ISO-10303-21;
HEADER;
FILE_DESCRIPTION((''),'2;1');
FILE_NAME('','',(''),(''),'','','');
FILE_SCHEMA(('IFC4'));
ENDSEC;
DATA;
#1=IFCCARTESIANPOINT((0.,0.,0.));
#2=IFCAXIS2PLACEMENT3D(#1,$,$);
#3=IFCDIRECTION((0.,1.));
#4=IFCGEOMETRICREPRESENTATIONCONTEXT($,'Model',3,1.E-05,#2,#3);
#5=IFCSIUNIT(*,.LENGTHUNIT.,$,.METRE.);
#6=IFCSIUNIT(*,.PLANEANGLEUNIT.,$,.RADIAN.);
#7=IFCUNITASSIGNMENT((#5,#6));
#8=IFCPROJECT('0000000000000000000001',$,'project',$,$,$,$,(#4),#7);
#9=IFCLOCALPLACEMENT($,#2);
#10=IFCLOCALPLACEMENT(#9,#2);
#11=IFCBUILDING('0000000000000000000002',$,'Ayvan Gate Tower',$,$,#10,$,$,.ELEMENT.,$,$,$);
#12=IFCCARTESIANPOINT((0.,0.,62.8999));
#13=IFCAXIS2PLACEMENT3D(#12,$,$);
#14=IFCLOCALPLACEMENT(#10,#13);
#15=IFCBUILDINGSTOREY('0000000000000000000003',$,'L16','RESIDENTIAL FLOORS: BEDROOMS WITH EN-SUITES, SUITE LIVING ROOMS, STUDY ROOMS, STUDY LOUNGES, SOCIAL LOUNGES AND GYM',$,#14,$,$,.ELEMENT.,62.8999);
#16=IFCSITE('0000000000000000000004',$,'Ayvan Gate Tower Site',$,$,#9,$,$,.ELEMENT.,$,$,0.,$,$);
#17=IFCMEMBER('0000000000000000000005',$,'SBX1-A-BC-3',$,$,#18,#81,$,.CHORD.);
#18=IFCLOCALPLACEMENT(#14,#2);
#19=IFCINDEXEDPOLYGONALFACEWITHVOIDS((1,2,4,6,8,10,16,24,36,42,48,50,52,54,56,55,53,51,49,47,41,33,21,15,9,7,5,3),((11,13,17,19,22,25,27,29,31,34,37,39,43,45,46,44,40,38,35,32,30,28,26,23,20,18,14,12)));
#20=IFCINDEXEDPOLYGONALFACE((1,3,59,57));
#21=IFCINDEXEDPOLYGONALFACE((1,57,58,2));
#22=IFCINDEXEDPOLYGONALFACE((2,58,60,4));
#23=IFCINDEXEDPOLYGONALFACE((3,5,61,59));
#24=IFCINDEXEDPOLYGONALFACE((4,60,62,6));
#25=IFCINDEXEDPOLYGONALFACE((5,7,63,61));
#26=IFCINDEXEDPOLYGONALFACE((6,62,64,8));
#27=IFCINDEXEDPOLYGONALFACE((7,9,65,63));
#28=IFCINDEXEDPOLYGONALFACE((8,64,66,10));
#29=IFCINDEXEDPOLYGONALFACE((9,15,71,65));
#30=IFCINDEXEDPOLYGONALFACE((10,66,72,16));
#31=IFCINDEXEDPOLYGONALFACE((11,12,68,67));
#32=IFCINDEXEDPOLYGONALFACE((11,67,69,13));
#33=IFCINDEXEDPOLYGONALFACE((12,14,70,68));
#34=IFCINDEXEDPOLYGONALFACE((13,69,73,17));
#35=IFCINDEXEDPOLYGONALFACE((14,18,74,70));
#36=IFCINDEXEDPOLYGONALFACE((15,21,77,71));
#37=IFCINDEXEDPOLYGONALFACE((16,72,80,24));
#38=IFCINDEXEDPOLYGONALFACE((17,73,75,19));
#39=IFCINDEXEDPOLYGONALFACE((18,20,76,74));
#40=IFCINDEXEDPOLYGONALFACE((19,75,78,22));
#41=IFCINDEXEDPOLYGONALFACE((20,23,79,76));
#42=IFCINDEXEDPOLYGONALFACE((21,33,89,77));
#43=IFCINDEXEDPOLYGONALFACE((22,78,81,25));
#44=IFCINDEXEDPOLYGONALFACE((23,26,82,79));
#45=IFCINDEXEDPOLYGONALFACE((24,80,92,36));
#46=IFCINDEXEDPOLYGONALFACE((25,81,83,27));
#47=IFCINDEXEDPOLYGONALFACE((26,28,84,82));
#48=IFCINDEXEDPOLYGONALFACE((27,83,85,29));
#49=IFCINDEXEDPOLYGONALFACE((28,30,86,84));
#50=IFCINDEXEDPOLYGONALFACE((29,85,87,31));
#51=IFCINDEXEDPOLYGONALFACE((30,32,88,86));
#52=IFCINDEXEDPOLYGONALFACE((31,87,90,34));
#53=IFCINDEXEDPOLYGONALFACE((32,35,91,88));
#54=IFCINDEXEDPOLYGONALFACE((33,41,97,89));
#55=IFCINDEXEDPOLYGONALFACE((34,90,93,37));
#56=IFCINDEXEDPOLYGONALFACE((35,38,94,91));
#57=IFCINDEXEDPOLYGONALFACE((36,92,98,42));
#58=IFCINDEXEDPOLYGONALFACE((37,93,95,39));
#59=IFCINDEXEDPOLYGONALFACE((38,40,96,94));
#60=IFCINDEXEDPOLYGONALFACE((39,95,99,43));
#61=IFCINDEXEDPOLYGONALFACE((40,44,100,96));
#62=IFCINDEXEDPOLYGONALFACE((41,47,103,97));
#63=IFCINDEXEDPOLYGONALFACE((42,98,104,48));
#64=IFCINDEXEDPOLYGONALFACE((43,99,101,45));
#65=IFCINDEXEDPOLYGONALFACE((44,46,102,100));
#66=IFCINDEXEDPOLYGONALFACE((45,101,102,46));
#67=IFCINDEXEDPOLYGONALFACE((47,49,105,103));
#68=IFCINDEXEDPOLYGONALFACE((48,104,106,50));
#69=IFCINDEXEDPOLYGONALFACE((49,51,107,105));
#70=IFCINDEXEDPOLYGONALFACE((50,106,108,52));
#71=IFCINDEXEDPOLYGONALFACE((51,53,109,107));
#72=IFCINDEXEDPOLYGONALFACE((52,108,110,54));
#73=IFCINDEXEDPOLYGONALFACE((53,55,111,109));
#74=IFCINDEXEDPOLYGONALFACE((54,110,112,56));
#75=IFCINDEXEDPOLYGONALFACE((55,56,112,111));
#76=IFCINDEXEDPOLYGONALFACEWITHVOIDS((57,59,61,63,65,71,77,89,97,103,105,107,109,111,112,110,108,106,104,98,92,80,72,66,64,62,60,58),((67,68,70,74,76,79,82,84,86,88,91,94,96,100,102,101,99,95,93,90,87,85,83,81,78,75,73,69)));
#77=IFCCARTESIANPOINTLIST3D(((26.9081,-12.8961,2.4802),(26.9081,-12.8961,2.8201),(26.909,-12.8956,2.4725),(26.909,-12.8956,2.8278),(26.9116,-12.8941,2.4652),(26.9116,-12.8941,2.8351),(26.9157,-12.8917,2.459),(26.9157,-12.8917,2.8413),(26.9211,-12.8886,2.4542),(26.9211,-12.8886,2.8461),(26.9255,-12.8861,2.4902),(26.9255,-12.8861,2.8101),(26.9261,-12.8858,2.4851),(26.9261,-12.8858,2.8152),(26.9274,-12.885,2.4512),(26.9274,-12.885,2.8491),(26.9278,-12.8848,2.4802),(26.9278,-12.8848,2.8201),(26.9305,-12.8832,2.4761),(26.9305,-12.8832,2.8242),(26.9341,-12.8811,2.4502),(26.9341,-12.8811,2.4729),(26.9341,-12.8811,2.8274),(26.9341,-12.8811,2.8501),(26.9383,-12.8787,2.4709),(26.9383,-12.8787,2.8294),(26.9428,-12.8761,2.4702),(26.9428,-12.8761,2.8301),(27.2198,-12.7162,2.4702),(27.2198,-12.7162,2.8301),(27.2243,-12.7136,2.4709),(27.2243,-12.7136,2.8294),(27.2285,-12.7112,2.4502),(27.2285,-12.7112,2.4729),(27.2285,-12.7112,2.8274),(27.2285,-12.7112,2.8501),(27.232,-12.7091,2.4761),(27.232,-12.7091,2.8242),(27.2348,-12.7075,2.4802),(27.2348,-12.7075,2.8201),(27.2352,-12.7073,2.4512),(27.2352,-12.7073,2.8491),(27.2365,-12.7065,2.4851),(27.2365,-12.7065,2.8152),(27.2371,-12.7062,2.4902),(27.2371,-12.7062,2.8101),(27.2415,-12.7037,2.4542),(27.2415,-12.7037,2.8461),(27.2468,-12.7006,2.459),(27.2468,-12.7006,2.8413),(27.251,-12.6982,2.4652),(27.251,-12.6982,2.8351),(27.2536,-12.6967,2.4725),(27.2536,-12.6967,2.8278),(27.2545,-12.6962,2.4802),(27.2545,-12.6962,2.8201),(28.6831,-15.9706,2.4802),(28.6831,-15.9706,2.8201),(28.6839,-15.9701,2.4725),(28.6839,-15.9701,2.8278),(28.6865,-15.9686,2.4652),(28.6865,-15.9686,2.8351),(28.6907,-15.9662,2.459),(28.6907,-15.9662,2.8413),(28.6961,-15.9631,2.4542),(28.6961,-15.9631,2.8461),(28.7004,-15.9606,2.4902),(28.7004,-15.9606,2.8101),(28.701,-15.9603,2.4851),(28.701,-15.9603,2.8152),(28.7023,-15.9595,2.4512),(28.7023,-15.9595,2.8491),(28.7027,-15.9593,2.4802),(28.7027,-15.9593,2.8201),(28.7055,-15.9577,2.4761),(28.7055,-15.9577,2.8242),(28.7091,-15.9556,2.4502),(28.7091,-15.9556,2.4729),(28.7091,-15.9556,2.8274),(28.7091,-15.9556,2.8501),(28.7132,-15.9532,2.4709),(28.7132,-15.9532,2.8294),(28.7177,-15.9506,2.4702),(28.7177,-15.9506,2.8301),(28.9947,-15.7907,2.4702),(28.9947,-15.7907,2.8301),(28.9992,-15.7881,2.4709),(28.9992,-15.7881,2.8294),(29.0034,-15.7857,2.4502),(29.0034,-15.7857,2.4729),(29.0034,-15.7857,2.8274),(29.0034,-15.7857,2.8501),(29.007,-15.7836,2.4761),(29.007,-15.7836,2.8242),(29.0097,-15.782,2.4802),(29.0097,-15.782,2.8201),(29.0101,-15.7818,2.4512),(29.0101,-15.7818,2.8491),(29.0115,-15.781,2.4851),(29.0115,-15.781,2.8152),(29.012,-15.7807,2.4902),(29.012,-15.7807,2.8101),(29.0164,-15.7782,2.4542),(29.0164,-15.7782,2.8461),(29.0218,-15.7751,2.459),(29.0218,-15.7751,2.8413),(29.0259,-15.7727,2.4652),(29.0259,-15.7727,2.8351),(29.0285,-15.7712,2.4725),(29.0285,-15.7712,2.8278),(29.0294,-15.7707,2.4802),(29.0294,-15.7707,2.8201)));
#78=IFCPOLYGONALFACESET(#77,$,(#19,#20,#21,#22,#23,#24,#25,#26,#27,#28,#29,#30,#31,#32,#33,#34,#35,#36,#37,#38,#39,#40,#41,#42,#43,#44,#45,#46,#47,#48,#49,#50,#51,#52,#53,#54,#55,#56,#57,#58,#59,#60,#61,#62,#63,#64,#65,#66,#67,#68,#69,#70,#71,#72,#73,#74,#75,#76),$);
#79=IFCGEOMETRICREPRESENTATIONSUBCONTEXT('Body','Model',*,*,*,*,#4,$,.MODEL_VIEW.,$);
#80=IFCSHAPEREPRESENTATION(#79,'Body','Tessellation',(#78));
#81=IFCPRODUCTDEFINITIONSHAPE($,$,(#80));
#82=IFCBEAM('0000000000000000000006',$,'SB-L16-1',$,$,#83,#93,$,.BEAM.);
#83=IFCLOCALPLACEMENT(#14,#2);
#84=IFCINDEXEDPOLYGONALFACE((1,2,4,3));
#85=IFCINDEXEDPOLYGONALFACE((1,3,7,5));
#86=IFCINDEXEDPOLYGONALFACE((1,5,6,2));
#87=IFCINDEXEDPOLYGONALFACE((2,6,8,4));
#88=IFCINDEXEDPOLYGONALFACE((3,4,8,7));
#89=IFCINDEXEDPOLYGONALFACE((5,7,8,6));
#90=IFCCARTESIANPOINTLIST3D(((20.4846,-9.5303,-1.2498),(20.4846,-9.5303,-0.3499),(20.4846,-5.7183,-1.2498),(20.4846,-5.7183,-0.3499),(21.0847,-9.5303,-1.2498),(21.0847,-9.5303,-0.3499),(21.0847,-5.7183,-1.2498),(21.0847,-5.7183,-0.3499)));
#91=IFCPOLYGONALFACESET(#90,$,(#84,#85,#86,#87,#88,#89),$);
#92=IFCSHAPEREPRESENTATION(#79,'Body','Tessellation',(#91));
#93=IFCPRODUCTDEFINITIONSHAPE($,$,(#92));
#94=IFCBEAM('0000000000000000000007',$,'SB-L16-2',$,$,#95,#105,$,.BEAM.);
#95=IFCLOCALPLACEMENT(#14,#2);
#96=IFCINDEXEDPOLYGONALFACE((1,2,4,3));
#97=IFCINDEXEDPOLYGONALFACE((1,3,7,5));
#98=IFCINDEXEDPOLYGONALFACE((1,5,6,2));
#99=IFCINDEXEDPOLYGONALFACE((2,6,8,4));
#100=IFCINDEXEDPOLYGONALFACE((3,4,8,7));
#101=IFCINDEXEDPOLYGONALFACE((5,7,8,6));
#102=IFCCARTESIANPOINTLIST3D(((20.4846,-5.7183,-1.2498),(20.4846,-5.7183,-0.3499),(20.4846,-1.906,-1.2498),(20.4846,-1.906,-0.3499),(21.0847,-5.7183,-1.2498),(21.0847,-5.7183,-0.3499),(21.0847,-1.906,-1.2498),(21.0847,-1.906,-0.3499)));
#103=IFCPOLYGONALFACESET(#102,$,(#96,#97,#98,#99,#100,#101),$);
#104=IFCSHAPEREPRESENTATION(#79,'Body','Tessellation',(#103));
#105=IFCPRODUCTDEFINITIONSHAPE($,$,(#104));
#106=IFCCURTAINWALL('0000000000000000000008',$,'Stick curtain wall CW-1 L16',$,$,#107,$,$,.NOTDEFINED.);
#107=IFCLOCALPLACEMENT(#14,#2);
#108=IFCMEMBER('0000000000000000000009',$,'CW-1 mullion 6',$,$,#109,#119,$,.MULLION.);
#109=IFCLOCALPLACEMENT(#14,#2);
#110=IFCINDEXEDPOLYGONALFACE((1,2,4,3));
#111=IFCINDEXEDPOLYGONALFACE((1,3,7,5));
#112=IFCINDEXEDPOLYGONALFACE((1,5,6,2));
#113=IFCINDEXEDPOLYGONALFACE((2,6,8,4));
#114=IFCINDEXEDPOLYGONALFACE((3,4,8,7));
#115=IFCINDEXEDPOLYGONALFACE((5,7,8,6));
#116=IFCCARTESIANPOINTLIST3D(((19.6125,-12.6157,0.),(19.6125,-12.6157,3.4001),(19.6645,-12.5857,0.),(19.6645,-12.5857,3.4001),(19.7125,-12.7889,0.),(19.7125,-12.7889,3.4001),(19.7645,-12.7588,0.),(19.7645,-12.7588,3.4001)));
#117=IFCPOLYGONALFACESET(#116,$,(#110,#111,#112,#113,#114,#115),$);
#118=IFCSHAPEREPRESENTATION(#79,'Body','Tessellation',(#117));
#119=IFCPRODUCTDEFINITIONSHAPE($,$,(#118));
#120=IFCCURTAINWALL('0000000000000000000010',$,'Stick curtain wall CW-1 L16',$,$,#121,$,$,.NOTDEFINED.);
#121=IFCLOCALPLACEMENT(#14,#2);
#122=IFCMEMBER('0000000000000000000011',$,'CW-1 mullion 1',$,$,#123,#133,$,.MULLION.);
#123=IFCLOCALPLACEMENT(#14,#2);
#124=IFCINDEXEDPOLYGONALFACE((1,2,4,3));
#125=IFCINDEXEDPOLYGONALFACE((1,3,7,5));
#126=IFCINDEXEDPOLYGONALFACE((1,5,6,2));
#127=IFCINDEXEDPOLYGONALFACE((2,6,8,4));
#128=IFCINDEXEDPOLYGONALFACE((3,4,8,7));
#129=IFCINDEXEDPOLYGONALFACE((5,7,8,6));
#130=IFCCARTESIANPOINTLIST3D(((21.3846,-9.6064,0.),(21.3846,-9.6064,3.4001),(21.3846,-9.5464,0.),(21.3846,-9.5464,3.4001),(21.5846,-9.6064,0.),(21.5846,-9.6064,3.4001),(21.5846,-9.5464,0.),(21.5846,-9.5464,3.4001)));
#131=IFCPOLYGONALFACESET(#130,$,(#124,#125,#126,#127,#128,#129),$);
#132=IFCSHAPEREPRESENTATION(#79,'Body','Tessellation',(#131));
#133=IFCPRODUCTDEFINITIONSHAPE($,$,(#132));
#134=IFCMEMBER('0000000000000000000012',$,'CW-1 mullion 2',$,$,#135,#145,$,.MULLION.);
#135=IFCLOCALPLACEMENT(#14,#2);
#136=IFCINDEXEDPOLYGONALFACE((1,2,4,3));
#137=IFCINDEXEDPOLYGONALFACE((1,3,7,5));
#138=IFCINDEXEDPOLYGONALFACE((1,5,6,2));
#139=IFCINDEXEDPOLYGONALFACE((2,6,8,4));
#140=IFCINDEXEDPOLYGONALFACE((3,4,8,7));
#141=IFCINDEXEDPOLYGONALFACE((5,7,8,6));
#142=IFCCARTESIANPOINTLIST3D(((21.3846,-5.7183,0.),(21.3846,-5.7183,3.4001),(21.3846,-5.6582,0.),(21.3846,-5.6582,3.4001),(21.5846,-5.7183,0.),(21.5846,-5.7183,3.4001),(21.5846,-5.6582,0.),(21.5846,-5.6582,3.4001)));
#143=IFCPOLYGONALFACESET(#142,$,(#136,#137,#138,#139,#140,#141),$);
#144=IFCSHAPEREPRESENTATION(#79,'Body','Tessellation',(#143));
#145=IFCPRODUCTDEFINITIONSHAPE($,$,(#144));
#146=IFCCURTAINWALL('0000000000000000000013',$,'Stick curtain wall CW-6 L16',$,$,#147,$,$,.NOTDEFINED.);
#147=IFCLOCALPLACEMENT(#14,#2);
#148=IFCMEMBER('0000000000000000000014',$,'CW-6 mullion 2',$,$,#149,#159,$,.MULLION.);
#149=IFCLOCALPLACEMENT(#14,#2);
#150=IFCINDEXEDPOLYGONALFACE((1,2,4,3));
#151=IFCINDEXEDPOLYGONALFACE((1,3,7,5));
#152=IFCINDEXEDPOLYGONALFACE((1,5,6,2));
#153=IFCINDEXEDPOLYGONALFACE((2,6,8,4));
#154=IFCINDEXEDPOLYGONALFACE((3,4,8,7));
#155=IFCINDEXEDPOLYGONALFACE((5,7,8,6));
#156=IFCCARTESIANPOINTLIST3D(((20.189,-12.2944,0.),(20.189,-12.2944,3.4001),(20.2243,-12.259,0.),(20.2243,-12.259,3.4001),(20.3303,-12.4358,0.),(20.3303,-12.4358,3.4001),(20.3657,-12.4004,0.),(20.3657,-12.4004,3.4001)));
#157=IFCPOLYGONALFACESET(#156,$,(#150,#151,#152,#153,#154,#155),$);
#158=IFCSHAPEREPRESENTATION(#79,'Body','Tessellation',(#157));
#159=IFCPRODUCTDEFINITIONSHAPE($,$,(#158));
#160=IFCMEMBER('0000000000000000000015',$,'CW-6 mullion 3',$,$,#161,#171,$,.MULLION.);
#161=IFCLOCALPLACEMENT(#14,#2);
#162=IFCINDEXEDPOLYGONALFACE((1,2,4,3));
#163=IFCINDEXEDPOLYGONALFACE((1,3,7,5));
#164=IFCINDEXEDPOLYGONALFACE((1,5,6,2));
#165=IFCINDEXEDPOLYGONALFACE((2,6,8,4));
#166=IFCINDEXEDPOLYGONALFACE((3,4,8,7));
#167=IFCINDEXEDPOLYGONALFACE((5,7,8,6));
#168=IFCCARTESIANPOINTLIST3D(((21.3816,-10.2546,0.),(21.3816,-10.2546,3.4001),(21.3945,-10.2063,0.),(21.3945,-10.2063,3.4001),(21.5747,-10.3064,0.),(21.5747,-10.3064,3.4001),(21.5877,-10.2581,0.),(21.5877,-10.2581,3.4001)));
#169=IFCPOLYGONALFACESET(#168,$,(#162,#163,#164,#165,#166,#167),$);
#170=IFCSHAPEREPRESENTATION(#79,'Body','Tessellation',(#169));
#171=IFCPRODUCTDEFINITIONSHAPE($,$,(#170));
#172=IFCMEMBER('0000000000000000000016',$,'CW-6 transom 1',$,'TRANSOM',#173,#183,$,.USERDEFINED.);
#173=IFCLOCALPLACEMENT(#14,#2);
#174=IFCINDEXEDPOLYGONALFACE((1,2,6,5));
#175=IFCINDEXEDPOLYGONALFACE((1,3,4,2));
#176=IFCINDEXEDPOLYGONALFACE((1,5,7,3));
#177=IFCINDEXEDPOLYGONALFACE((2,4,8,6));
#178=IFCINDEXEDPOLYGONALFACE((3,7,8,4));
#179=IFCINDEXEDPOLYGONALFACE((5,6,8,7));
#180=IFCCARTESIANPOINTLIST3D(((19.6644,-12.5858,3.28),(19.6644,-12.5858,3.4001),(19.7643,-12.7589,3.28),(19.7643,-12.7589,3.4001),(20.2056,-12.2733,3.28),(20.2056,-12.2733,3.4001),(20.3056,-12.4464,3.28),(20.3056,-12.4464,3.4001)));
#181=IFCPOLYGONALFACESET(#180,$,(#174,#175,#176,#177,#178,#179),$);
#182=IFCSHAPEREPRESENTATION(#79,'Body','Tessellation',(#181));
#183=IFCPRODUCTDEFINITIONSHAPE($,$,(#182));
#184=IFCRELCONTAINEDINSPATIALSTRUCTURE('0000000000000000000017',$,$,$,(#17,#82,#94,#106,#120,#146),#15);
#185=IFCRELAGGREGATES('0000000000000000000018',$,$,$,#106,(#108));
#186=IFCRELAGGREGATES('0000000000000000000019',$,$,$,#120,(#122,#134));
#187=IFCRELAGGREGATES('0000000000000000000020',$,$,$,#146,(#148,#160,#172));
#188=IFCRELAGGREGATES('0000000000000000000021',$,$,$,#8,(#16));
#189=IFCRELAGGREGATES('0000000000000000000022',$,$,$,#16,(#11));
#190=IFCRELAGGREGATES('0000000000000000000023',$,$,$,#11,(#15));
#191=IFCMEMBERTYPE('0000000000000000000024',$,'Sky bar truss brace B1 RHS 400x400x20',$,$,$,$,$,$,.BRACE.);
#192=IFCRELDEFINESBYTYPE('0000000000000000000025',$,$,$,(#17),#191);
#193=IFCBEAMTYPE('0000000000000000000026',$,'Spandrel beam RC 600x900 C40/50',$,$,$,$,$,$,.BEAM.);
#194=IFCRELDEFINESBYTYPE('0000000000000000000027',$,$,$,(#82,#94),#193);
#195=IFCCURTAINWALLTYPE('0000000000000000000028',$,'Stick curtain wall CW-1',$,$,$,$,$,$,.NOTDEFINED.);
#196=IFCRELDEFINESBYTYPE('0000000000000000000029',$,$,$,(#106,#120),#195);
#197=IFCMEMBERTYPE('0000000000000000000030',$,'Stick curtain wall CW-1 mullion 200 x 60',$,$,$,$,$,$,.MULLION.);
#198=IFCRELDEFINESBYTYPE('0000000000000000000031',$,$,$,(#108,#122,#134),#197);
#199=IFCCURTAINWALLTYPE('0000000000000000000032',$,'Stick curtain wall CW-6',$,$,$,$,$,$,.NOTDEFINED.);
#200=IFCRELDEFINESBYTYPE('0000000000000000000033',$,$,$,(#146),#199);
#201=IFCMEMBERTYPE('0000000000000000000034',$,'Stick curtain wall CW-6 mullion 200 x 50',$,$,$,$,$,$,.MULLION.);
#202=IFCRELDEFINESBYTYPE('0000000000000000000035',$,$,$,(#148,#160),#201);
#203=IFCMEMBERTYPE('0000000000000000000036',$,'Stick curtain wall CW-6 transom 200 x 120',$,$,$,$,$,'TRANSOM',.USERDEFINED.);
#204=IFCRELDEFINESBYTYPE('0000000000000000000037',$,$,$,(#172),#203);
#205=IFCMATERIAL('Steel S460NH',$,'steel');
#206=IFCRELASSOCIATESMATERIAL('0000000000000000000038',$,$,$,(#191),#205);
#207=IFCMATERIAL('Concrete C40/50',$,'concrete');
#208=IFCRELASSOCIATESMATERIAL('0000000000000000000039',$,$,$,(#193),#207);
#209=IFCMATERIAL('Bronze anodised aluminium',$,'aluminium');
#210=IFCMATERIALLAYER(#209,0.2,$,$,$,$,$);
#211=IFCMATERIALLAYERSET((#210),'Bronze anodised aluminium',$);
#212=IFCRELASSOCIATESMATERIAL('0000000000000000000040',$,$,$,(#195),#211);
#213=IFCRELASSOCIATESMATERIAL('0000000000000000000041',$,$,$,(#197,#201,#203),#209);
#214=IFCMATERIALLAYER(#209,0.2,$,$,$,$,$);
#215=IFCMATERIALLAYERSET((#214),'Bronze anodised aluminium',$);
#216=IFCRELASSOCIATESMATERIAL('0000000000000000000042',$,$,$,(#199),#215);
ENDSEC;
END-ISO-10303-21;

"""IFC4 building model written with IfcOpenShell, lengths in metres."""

from ifc_helpers import new_model, si_unit, direction, frame, origin, origin_2d, place, context, subcontext, project, spatial, rectangle, hollow_rectangle, extrude, material, layer, layer_set, material_profile, profile_set, type_object, element, aggregate, save


model = new_model("IFC4")

# Units and contexts
model_context = context("Model", 3, precision=1e-05, world=origin(), true_north=direction((0.0, 1.0)))
body_context = subcontext(model_context, "Body", "Model", "MODEL_VIEW")
ifc_project = project(units=[si_unit("LENGTHUNIT", "METRE"), si_unit("PLANEANGLEUNIT", "RADIAN")], contexts=[model_context])

# Site, building, storey
site_placement = place(None, origin())
site = spatial("IfcSite", under=ifc_project, at=site_placement, Name="Ayvan Gate Tower Site", CompositionType="ELEMENT", RefElevation=0.0)
building_placement = place(site_placement, origin())
building = spatial("IfcBuilding", under=site, at=building_placement, Name="Ayvan Gate Tower", CompositionType="ELEMENT")
storey_placement = place(building_placement, frame((0.0, 0.0, 62.8999)))
storey = spatial("IfcBuildingStorey", under=building, at=storey_placement, Name="L16", Description="RESIDENTIAL FLOORS: BEDROOMS WITH EN-SUITES, SUITE LIVING ROOMS, STUDY ROOMS, STUDY LOUNGES, SOCIAL LOUNGES AND GYM", CompositionType="ELEMENT", Elevation=62.8999)

# Member
ifc_material_1 = material(Name="Steel S460NH", Category="steel")
ifc_material_profile_1 = material_profile(ifc_material_1, hollow_rectangle(XDim=0.3999, YDim=0.3999, WallThickness=0.02, InnerFilletRadius=0.02, OuterFilletRadius=0.03, at=origin_2d()), Name="RHS 400x400x20")
ifc_profile_set_1 = profile_set([ifc_material_profile_1], Name="Steel S460NH")
member_type_1 = type_object("IfcMemberType", Name="Sky bar truss brace B1 RHS 400x400x20", PredefinedType="BRACE", material=ifc_profile_set_1)
for number, where, z_axis, x_axis, name in (
    (1, (27.0813, -12.7961, 2.6501), (0.49997, -0.866042, 0.0), (0.866042, 0.49997, 0.0), "SBX1-A-BC-3"),
):
    element("IfcMember", number, at=place(storey_placement, frame(where, z_axis=z_axis, x_axis=x_axis)), inside=storey, type_object=member_type_1, Name=name, PredefinedType="CHORD", context=body_context, shape_type="SweptSolid", body=[
        extrude(hollow_rectangle(XDim=0.3999, YDim=0.3999, WallThickness=0.02, InnerFilletRadius=0.02, OuterFilletRadius=0.03, at=origin_2d()), origin(), (0.0, 0.0, 1.0), 3.55),
    ])

# Beams
ifc_material_2 = material(Name="Concrete C40/50", Category="concrete")
ifc_material_profile_2 = material_profile(ifc_material_2, rectangle(XDim=0.6001, YDim=0.8999, at=origin_2d()), Name="RC 600x900")
ifc_profile_set_2 = profile_set([ifc_material_profile_2], Name="Concrete C40/50")
beam_type = type_object("IfcBeamType", Name="Spandrel beam RC 600x900 C40/50", PredefinedType="BEAM", material=ifc_profile_set_2)
beam_1_placement = place(storey_placement, frame((20.7847, -9.5303, -0.7998), z_axis=(0.0, 1.0, 0.0), x_axis=(-1.0, 0.0, 0.0)))
element("IfcBeam", 2, at=beam_1_placement, inside=storey, type_object=beam_type, Name="SB-L16-1", PredefinedType="BEAM", context=body_context, shape_type="SweptSolid", body=[
    extrude(rectangle(XDim=0.6001, YDim=0.8999, at=origin_2d()), origin(), (0.0, 0.0, 1.0), 3.812),
])
beam_2_placement = place(storey_placement, frame((20.7847, -5.7183, -0.7998), z_axis=(0.0, 1.0, 0.0), x_axis=(-1.0, 0.0, 0.0)))
element("IfcBeam", 3, at=beam_2_placement, inside=storey, type_object=beam_type, Name="SB-L16-2", PredefinedType="BEAM", context=body_context, shape_type="SweptSolid", body=[
    extrude(rectangle(XDim=0.6001, YDim=0.8999, at=origin_2d()), origin(), (0.0, 0.0, 1.0), 3.8123),
])

# Curtain wall, member
ifc_material_3 = material(Name="Bronze anodised aluminium", Category="aluminium")
ifc_layer_1 = layer(ifc_material_3, 0.2)
ifc_layer_set_1 = layer_set([ifc_layer_1], Name="Bronze anodised aluminium")
curtain_wall_type_1 = type_object("IfcCurtainWallType", Name="Stick curtain wall CW-1", PredefinedType="NOTDEFINED", material=ifc_layer_set_1)
curtain_wall_1_placement = place(storey_placement, origin())
curtain_wall_1 = element("IfcCurtainWall", 4, at=curtain_wall_1_placement, inside=storey, type_object=curtain_wall_type_1, Name="Stick curtain wall CW-1 L16", PredefinedType="NOTDEFINED")
ifc_material_profile_3 = material_profile(ifc_material_3, rectangle(XDim=0.2, YDim=0.0601, at=origin_2d()), Name="Stick curtain wall CW-1 mullion 200 x 60")
ifc_profile_set_3 = profile_set([ifc_material_profile_3], Name="Bronze anodised aluminium")
member_type_2 = type_object("IfcMemberType", Name="Stick curtain wall CW-1 mullion 200 x 60", PredefinedType="MULLION", material=ifc_profile_set_3)
member_1_placement = place(storey_placement, frame((19.6885, -12.6873, 0.0), z_axis=(0.0, 0.0, 1.0), x_axis=(0.5, -0.866025, 0.0)))
member_1 = element("IfcMember", 5, at=member_1_placement, type_object=member_type_2, Name="CW-1 mullion 6", PredefinedType="MULLION", context=body_context, shape_type="SweptSolid", body=[
    extrude(rectangle(XDim=0.2, YDim=0.0601, at=origin_2d()), origin(), (0.0, 0.0, 1.0), 3.4001),
])
aggregate(curtain_wall_1, [member_1])

# Curtain walls, members
curtain_wall_2_placement = place(storey_placement, origin())
curtain_wall_2 = element("IfcCurtainWall", 6, at=curtain_wall_2_placement, inside=storey, type_object=curtain_wall_type_1, Name="Stick curtain wall CW-1 L16", PredefinedType="NOTDEFINED")
member_2_placement = place(storey_placement, frame((21.4846, -9.5764, 0.0), z_axis=(0.0, 0.0, 1.0), x_axis=(1.0, 0.0, 0.0)))
member_2 = element("IfcMember", 7, at=member_2_placement, type_object=member_type_2, Name="CW-1 mullion 1", PredefinedType="MULLION", context=body_context, shape_type="SweptSolid", body=[
    extrude(rectangle(XDim=0.2, YDim=0.0601, at=origin_2d()), origin(), (0.0, 0.0, 1.0), 3.4001),
])
member_3_placement = place(storey_placement, frame((21.4846, -5.6882, 0.0), z_axis=(0.0, 0.0, 1.0), x_axis=(1.0, 0.0, 0.0)))
member_3 = element("IfcMember", 8, at=member_3_placement, type_object=member_type_2, Name="CW-1 mullion 2", PredefinedType="MULLION", context=body_context, shape_type="SweptSolid", body=[
    extrude(rectangle(XDim=0.2, YDim=0.0601, at=origin_2d()), origin(), (0.0, 0.0, 1.0), 3.4001),
])
ifc_layer_2 = layer(ifc_material_3, 0.2)
ifc_layer_set_2 = layer_set([ifc_layer_2], Name="Bronze anodised aluminium")
curtain_wall_type_2 = type_object("IfcCurtainWallType", Name="Stick curtain wall CW-6", PredefinedType="NOTDEFINED", material=ifc_layer_set_2)
curtain_wall_3_placement = place(storey_placement, origin())
curtain_wall_3 = element("IfcCurtainWall", 9, at=curtain_wall_3_placement, inside=storey, type_object=curtain_wall_type_2, Name="Stick curtain wall CW-6 L16", PredefinedType="NOTDEFINED")
ifc_material_profile_4 = material_profile(ifc_material_3, rectangle(XDim=0.2, YDim=0.05, at=origin_2d()), Name="Stick curtain wall CW-6 mullion 200 x 50")
ifc_profile_set_4 = profile_set([ifc_material_profile_4], Name="Bronze anodised aluminium")
member_type_3 = type_object("IfcMemberType", Name="Stick curtain wall CW-6 mullion 200 x 50", PredefinedType="MULLION", material=ifc_profile_set_4)
member_4_placement = place(storey_placement, frame((20.2773, -12.3474, 0.0), z_axis=(0.0, 0.0, 1.0), x_axis=(0.707107, -0.707107, 0.0)))
member_4 = element("IfcMember", 10, at=member_4_placement, type_object=member_type_3, Name="CW-6 mullion 2", PredefinedType="MULLION", context=body_context, shape_type="SweptSolid", body=[
    extrude(rectangle(XDim=0.2, YDim=0.05, at=origin_2d()), origin(), (0.0, 0.0, 1.0), 3.4001),
])
member_5_placement = place(storey_placement, frame((21.4846, -10.2563, 0.0), z_axis=(0.0, 0.0, 1.0), x_axis=(0.965926, -0.258819, 0.0)))
member_5 = element("IfcMember", 11, at=member_5_placement, type_object=member_type_3, Name="CW-6 mullion 3", PredefinedType="MULLION", context=body_context, shape_type="SweptSolid", body=[
    extrude(rectangle(XDim=0.2, YDim=0.05, at=origin_2d()), origin(), (0.0, 0.0, 1.0), 3.4001),
])
ifc_material_profile_5 = material_profile(ifc_material_3, rectangle(XDim=0.2, YDim=0.1201, at=origin_2d()), Name="Stick curtain wall CW-6 transom 200 x 120")
ifc_profile_set_5 = profile_set([ifc_material_profile_5], Name="Bronze anodised aluminium")
member_type_4 = type_object("IfcMemberType", Name="Stick curtain wall CW-6 transom 200 x 120", ElementType="TRANSOM", PredefinedType="USERDEFINED", material=ifc_profile_set_5)
member_6_placement = place(storey_placement, frame((19.7144, -12.6724, 3.3401), z_axis=(0.866023, 0.500004, 0.0), x_axis=(-0.500004, 0.866023, 0.0)))
member_6 = element("IfcMember", 12, at=member_6_placement, type_object=member_type_4, Name="CW-6 transom 1", ObjectType="TRANSOM", PredefinedType="USERDEFINED", context=body_context, shape_type="SweptSolid", body=[
    extrude(rectangle(XDim=0.2, YDim=0.1201, at=origin_2d()), origin(), (0.0, 0.0, 1.0), 0.625),
])

aggregate(curtain_wall_2, [member_2, member_3])
aggregate(curtain_wall_3, [member_4, member_5, member_6])

save(model, "model.ifc")
